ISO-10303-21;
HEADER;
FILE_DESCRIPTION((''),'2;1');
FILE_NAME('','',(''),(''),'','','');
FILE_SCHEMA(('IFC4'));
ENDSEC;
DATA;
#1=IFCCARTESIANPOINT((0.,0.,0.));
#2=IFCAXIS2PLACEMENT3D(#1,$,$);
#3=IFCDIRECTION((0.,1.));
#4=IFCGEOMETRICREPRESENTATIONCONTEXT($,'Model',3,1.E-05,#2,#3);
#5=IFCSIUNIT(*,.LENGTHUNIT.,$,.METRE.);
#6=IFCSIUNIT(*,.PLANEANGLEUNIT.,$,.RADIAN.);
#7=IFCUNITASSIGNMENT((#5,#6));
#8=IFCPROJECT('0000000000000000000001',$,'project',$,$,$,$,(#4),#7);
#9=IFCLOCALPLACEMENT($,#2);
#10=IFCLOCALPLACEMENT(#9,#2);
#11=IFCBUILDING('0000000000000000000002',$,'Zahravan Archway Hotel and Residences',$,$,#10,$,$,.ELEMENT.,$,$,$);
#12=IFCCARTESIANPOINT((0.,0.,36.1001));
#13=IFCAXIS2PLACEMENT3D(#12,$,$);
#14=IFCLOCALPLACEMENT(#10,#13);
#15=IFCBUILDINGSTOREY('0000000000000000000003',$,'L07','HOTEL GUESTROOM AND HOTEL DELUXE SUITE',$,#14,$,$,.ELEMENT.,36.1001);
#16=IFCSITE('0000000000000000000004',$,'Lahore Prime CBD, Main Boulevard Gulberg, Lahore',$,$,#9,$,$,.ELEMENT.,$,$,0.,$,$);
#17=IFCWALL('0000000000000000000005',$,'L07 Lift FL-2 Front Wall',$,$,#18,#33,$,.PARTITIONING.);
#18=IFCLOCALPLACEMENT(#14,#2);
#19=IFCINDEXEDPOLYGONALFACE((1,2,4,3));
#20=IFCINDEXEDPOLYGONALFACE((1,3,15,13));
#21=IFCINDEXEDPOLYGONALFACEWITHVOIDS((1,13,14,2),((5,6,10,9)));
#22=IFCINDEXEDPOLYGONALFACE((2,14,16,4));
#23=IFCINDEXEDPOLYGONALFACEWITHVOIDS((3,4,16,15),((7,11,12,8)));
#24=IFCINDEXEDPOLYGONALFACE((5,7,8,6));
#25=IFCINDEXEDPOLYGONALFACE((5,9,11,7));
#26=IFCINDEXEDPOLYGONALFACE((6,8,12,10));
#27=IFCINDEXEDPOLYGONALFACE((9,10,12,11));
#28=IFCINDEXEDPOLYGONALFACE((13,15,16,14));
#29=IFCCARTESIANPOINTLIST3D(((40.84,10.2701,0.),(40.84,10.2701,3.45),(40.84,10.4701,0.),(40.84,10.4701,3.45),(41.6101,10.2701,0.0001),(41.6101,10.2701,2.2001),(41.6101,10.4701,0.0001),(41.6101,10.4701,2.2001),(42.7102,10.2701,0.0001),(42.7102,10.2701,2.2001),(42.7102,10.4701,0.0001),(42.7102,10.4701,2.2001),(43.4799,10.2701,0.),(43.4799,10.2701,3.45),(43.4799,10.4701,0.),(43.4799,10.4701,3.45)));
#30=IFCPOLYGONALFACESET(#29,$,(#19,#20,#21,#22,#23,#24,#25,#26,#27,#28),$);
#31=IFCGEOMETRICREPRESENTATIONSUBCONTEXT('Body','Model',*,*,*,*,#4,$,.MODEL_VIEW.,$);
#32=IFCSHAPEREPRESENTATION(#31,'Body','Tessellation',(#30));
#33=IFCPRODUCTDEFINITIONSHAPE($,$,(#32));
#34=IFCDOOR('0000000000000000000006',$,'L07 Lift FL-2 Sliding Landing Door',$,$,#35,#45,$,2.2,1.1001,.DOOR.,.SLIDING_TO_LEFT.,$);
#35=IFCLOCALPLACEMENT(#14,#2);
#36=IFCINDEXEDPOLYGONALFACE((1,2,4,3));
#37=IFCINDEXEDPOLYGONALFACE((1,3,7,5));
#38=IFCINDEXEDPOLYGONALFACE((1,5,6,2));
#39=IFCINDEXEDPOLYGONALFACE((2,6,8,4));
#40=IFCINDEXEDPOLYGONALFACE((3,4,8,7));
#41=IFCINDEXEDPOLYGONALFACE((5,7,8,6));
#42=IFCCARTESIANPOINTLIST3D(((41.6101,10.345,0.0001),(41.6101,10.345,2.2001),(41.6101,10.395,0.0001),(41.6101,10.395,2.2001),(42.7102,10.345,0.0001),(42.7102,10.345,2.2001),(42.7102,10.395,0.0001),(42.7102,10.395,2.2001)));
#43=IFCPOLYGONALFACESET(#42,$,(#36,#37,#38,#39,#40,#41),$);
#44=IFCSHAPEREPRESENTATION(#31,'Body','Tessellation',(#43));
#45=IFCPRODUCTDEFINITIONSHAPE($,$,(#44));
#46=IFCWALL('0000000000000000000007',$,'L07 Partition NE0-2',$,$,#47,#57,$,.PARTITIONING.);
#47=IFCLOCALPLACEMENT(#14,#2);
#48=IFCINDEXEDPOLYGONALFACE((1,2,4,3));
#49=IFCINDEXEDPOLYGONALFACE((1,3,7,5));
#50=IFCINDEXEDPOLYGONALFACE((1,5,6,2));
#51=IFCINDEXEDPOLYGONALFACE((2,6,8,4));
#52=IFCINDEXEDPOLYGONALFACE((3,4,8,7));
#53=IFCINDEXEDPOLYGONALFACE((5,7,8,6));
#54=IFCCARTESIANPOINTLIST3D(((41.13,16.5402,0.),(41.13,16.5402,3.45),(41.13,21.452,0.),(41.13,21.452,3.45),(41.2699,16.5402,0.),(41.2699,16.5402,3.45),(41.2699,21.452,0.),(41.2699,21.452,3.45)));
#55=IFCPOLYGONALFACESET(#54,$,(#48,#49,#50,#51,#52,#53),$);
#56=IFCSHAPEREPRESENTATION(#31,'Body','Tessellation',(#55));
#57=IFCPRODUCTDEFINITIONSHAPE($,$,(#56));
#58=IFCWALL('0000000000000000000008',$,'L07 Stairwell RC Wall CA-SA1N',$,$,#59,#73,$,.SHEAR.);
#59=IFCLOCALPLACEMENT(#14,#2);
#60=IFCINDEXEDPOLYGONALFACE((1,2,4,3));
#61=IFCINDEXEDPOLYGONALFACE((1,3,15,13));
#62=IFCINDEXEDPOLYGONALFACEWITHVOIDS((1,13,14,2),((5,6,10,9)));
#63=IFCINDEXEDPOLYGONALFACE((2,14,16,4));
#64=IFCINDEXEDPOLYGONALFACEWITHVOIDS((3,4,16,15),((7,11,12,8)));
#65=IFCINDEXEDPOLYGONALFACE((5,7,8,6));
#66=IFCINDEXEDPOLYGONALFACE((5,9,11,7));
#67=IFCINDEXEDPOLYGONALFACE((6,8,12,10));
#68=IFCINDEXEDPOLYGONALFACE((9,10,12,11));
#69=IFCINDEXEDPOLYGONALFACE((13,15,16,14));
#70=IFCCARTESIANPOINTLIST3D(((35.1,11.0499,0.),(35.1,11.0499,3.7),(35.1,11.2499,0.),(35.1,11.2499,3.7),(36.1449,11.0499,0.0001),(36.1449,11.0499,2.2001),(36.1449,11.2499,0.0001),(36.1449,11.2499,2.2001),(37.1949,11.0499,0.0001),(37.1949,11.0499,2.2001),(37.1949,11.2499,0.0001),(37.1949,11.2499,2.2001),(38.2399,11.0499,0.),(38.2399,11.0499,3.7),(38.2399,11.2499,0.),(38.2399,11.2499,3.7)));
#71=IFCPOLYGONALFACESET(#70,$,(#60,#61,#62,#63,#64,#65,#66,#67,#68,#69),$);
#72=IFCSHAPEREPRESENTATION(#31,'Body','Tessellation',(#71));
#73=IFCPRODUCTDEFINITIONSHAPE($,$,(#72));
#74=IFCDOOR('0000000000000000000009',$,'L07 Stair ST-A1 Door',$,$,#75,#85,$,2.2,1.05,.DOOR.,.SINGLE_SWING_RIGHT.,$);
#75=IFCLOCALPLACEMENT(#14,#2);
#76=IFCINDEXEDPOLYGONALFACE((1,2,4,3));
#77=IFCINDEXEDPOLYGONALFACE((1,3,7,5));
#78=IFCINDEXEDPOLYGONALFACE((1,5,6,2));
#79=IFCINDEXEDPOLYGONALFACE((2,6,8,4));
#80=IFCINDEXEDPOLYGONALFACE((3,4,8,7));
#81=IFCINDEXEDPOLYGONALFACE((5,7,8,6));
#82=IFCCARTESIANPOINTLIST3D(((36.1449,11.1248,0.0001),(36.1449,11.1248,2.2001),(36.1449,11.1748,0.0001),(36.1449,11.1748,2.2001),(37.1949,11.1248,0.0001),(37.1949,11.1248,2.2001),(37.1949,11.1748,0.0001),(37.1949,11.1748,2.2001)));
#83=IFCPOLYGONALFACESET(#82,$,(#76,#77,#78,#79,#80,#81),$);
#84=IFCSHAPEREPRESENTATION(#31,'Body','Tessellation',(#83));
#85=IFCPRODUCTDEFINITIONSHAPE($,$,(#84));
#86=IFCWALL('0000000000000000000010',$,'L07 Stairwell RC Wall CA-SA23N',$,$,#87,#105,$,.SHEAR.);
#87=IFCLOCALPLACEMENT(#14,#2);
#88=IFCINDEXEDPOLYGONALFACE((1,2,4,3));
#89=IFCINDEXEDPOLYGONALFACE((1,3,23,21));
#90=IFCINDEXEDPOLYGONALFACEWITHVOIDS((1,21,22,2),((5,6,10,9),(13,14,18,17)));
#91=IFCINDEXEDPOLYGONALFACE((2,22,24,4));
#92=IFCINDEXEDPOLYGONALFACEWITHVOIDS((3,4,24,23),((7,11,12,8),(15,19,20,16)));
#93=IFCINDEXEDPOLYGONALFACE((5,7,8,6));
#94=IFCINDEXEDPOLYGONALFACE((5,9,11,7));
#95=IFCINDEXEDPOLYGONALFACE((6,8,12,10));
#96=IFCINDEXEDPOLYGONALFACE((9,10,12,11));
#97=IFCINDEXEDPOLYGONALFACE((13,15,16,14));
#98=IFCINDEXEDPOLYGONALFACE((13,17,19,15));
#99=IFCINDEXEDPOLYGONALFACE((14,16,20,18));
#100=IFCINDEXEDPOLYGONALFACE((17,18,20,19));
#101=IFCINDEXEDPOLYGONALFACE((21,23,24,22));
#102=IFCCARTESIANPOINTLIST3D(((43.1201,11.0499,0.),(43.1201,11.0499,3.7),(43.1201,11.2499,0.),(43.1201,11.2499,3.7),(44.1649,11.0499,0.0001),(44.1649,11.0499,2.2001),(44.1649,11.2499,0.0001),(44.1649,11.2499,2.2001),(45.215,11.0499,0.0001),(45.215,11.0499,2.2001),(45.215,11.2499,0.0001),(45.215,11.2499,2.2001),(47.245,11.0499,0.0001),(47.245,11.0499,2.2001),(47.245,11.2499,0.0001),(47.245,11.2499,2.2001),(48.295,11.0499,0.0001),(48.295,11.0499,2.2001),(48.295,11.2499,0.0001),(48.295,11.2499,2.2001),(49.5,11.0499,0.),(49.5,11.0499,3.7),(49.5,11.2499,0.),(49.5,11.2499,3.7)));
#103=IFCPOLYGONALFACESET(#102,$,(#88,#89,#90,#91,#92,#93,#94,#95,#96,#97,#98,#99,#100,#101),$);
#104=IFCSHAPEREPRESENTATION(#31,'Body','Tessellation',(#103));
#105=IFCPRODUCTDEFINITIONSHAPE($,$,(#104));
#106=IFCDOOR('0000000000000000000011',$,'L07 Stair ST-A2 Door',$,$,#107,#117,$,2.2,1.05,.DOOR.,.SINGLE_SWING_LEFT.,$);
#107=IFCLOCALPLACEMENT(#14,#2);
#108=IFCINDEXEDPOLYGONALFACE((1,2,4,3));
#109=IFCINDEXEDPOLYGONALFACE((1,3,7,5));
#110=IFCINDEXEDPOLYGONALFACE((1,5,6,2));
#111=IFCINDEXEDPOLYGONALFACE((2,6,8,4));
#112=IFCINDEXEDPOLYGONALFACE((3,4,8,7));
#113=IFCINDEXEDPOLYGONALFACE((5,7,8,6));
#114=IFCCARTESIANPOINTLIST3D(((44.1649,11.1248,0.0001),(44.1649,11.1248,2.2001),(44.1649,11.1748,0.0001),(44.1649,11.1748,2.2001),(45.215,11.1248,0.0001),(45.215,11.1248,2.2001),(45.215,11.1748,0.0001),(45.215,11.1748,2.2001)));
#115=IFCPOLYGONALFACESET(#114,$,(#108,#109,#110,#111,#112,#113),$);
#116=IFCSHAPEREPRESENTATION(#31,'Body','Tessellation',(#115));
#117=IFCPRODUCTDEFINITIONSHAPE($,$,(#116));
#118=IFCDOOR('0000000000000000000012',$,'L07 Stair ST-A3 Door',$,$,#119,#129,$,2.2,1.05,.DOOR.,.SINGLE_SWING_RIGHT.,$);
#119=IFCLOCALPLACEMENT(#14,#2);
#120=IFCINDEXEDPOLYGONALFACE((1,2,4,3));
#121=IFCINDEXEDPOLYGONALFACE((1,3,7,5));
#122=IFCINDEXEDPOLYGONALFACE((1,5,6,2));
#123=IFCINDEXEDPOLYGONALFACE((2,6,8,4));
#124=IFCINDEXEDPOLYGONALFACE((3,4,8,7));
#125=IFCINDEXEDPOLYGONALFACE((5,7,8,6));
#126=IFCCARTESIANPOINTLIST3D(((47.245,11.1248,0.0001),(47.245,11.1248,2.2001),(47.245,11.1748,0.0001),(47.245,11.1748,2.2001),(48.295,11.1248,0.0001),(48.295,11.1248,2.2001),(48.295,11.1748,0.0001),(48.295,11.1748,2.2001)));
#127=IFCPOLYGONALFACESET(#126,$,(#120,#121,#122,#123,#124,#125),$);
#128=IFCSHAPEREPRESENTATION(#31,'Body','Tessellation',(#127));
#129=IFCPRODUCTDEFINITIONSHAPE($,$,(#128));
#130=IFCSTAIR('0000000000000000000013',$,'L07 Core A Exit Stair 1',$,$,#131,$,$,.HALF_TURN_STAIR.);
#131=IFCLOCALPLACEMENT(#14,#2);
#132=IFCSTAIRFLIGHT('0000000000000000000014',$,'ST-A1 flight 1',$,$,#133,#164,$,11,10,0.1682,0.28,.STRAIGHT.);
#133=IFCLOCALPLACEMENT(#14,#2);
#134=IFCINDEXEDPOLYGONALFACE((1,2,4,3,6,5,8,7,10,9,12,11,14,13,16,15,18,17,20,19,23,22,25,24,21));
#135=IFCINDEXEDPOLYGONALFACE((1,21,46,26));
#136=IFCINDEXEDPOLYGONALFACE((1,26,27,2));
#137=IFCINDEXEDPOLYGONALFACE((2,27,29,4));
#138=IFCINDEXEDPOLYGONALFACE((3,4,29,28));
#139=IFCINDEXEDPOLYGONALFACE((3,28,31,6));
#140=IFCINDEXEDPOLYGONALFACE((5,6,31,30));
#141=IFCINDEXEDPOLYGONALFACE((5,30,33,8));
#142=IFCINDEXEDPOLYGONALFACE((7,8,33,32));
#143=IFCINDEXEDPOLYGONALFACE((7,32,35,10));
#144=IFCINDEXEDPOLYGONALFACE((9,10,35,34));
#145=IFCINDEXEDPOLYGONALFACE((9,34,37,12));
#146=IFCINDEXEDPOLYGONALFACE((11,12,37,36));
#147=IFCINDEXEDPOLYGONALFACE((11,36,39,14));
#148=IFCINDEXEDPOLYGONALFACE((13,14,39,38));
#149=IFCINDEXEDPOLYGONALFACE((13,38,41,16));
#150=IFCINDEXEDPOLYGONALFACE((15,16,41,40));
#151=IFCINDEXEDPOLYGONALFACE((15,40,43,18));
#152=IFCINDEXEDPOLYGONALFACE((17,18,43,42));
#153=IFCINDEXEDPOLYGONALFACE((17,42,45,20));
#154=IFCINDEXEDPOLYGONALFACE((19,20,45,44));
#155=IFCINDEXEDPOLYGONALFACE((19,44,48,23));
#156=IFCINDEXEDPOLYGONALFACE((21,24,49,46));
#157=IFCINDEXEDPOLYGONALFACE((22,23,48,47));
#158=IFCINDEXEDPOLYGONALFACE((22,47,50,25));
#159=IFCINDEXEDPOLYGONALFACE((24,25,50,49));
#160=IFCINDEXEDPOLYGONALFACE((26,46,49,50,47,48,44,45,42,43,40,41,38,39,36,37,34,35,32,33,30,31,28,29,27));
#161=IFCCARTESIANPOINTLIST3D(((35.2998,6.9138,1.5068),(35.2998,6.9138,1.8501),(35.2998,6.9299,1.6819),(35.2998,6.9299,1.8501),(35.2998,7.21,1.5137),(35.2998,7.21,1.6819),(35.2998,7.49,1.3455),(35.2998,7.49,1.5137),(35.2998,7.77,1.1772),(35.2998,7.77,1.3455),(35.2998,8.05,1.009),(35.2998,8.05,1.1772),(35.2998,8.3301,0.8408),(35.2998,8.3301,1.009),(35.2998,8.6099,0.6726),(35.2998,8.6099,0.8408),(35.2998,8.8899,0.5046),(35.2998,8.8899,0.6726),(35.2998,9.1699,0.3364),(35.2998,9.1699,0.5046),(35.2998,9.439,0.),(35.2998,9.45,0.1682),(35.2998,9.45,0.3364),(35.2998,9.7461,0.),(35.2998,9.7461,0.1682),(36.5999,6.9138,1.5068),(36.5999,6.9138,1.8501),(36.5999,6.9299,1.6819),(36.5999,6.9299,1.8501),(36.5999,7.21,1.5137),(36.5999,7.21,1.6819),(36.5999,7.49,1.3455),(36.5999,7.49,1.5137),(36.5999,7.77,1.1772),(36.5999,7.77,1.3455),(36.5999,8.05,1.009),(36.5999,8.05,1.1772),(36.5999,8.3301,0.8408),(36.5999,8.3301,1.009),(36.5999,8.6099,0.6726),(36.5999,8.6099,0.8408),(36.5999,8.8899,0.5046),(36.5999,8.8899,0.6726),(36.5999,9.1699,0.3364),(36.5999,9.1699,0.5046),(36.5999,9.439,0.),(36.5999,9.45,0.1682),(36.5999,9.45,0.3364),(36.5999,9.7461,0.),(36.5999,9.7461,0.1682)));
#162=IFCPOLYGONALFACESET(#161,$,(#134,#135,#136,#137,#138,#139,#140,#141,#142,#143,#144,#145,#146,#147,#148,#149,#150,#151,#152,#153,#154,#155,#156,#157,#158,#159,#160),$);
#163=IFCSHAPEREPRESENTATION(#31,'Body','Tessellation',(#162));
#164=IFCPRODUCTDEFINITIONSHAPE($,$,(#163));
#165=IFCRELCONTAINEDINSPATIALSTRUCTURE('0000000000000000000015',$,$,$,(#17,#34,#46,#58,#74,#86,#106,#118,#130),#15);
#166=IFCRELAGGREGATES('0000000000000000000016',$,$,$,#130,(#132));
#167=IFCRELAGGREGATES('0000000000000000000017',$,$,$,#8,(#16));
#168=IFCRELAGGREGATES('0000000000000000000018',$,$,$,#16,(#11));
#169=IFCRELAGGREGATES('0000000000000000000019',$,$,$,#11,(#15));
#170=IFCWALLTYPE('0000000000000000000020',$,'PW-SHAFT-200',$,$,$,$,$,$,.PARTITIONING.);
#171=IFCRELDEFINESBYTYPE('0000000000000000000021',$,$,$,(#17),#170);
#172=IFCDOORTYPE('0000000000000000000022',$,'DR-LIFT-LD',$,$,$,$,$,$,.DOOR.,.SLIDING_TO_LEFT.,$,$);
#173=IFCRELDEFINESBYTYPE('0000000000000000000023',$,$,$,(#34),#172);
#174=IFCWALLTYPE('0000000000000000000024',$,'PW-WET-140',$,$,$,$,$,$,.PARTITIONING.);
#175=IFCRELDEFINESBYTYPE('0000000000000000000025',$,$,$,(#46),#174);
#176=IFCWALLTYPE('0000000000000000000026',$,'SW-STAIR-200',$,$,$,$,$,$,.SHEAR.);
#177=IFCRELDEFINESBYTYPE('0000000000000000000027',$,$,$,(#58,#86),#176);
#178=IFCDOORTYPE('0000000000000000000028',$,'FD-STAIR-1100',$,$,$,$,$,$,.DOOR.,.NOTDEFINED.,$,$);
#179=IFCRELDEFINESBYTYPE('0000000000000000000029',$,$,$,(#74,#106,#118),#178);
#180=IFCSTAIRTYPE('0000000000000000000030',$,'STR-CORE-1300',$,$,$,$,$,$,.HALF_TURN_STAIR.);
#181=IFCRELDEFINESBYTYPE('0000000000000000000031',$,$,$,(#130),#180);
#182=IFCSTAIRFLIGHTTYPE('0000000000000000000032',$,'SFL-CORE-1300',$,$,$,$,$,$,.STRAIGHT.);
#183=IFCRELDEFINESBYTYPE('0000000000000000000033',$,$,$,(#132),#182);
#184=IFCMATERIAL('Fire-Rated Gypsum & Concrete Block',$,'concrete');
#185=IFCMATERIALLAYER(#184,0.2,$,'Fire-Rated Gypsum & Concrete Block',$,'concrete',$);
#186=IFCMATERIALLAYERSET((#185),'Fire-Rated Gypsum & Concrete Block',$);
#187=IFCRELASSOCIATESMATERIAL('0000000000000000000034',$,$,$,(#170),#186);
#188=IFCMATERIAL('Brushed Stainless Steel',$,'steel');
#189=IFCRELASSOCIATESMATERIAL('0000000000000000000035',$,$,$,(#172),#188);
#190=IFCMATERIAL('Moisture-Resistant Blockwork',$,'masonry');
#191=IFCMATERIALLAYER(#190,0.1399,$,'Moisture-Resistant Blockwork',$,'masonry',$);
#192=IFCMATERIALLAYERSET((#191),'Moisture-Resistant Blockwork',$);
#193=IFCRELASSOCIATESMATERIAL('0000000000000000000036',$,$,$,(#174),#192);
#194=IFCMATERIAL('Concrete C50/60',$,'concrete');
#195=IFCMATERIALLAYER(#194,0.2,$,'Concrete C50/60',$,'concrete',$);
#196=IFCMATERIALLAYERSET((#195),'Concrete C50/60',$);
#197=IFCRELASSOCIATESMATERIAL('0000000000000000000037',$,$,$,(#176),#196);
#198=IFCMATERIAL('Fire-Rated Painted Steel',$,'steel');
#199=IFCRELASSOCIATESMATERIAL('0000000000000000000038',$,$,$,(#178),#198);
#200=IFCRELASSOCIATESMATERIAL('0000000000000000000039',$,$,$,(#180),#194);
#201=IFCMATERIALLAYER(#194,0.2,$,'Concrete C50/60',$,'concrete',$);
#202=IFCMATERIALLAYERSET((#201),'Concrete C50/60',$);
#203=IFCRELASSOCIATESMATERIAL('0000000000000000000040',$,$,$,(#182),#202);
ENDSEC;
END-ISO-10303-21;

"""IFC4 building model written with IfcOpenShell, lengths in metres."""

from ifc_helpers import new_model, si_unit, direction, frame, frame_2d, origin, place, context, subcontext, project, spatial, polyline, rectangle, outline, extrude, source, transform, mapped, material, layer, layer_set, type_object, type_shapes, element, fill, aggregate, save


model = new_model("IFC4")

# Units and contexts
model_context = context("Model", 3, precision=1e-05, world=origin(), true_north=direction((0.0, 1.0)))
body_context = subcontext(model_context, "Body", "Model", "MODEL_VIEW")
ifc_project = project(units=[si_unit("LENGTHUNIT", "METRE"), si_unit("PLANEANGLEUNIT", "RADIAN")], contexts=[model_context])

# Site, building, storey
site_placement = place(None, origin())
site = spatial("IfcSite", under=ifc_project, at=site_placement, Name="Lahore Prime CBD, Main Boulevard Gulberg, Lahore", CompositionType="ELEMENT", RefElevation=0.0)
building_placement = place(site_placement, origin())
building = spatial("IfcBuilding", under=site, at=building_placement, Name="Zahravan Archway Hotel and Residences", CompositionType="ELEMENT")
storey_placement = place(building_placement, frame((0.0, 0.0, 36.1001)))
storey = spatial("IfcBuildingStorey", under=building, at=storey_placement, Name="L07", Description="HOTEL GUESTROOM AND HOTEL DELUXE SUITE", CompositionType="ELEMENT", Elevation=36.1001)

# Shared definitions
ifc_material_1 = material(Name="Fire-Rated Gypsum & Concrete Block", Category="concrete")
ifc_material_2 = material(Name="Fire-Rated Painted Steel", Category="steel")

# Shared definitions
ifc_layer_1 = layer(ifc_material_1, 0.2, Name="Fire-Rated Gypsum & Concrete Block", Category="concrete")
ifc_layer_set_1 = layer_set([ifc_layer_1], Name="Fire-Rated Gypsum & Concrete Block")
wall_type_1 = type_object("IfcWallType", Name="PW-SHAFT-200", PredefinedType="PARTITIONING", material=ifc_layer_set_1)

# Wall, opening, door
ifc_material_3 = material(Name="Brushed Stainless Steel", Category="steel")
door_type_1 = type_object("IfcDoorType", Name="DR-LIFT-LD", OperationType="SLIDING_TO_LEFT", PredefinedType="DOOR", material=ifc_material_3)
shared_shape_1 = source(origin(), body_context, "Body", "SweptSolid", [
    extrude(rectangle(XDim=1.1001, YDim=2.2, at=frame_2d((0.55, 1.1001))), frame((0.0, 0.0249, 0.0), z_axis=(0.0, -1.0, 0.0), x_axis=(1.0, 0.0, 0.0)), (0.0, 0.0, 1.0), 0.05),
])
type_shapes(door_type_1, [shared_shape_1])
wall_1_placement = place(storey_placement, frame((40.8401, 10.3701, 0.0), z_axis=(0.0, 0.0, 1.0), x_axis=(1.0, 0.0, 0.0)))
wall_1 = element("IfcWall", 1, at=wall_1_placement, inside=storey, type_object=wall_type_1, Name="L07 Lift FL-2 Front Wall", PredefinedType="PARTITIONING", context=body_context, shape_type="SweptSolid", body=[
    extrude(rectangle(XDim=2.6399, YDim=0.2, at=frame_2d((1.3198, 0.0))), origin(), (0.0, 0.0, 1.0), 3.45),
])
opening_1_placement = place(wall_1_placement, frame((0.77, 0.0, 0.0)))
opening_1 = element("IfcOpeningElement", 2, at=opening_1_placement, cuts=wall_1, PredefinedType="OPENING", context=body_context, shape_type="SweptSolid", body=[
    extrude(rectangle(XDim=1.1001, YDim=2.2, at=frame_2d((0.55, 1.1001))), frame((0.0, 0.1099, 0.0), z_axis=(0.0, -1.0, 0.0), x_axis=(1.0, 0.0, 0.0)), (0.0, 0.0, 1.0), 0.22),
])
door_1_placement = place(opening_1_placement, origin())
door_1 = element("IfcDoor", 3, at=door_1_placement, inside=storey, type_object=door_type_1, Name="L07 Lift FL-2 Sliding Landing Door", OperationType="SLIDING_TO_LEFT", OverallHeight=2.2, OverallWidth=1.1001, PredefinedType="DOOR", context=body_context, shape_type="MappedRepresentation", body=[
    mapped(shared_shape_1, transform((0.0, 0.0, 0.0), scale=1.0)),
])
fill(opening_1, door_1)

# Wall
ifc_material_4 = material(Name="Moisture-Resistant Blockwork", Category="masonry")
ifc_layer_2 = layer(ifc_material_4, 0.1399, Name="Moisture-Resistant Blockwork", Category="masonry")
ifc_layer_set_2 = layer_set([ifc_layer_2], Name="Moisture-Resistant Blockwork")
wall_type_2 = type_object("IfcWallType", Name="PW-WET-140", PredefinedType="PARTITIONING", material=ifc_layer_set_2)
wall_2_placement = place(storey_placement, frame((41.2, 16.54, 0.0), z_axis=(0.0, 0.0, 1.0), x_axis=(0.0, 1.0, 0.0)))
element("IfcWall", 4, at=wall_2_placement, inside=storey, type_object=wall_type_2, Name="L07 Partition NE0-2", PredefinedType="PARTITIONING", context=body_context, shape_type="SweptSolid", body=[
    extrude(rectangle(XDim=4.9119, YDim=0.1399, at=frame_2d((2.4561, 0.0))), origin(), (0.0, 0.0, 1.0), 3.45),
])

# Wall, opening, door
ifc_material_5 = material(Name="Concrete C50/60", Category="concrete")
ifc_layer_3 = layer(ifc_material_5, 0.2, Name="Concrete C50/60", Category="concrete")
ifc_layer_set_3 = layer_set([ifc_layer_3], Name="Concrete C50/60")
wall_type_3 = type_object("IfcWallType", Name="SW-STAIR-200", PredefinedType="SHEAR", material=ifc_layer_set_3)
wall_3_placement = place(storey_placement, frame((35.1001, 11.1499, 0.0), z_axis=(0.0, 0.0, 1.0), x_axis=(1.0, 0.0, 0.0)))
wall_3 = element("IfcWall", 5, at=wall_3_placement, inside=storey, type_object=wall_type_3, Name="L07 Stairwell RC Wall CA-SA1N", PredefinedType="SHEAR", context=body_context, shape_type="SweptSolid", body=[
    extrude(rectangle(XDim=3.1399, YDim=0.2, at=frame_2d((1.5698, 0.0))), origin(), (0.0, 0.0, 1.0), 3.7),
])
opening_2_placement = place(wall_3_placement, frame((1.0449, 0.0, 0.0)))
opening_2 = element("IfcOpeningElement", 6, at=opening_2_placement, cuts=wall_3, PredefinedType="OPENING", context=body_context, shape_type="SweptSolid", body=[
    extrude(rectangle(XDim=1.05, YDim=2.2, at=frame_2d((0.5249, 1.1001))), frame((0.0, 0.1099, 0.0), z_axis=(0.0, -1.0, 0.0), x_axis=(1.0, 0.0, 0.0)), (0.0, 0.0, 1.0), 0.22),
])
door_type_2 = type_object("IfcDoorType", Name="FD-STAIR-1100", OperationType="NOTDEFINED", PredefinedType="DOOR", material=ifc_material_2)
shared_shape_2 = source(origin(), body_context, "Body", "SweptSolid", [
    extrude(rectangle(XDim=1.05, YDim=2.2, at=frame_2d((0.5249, 1.1001))), frame((0.0, 0.0249, 0.0), z_axis=(0.0, -1.0, 0.0), x_axis=(1.0, 0.0, 0.0)), (0.0, 0.0, 1.0), 0.05),
])
type_shapes(door_type_2, [shared_shape_2])
door_2_placement = place(opening_2_placement, origin())
door_2 = element("IfcDoor", 7, at=door_2_placement, inside=storey, type_object=door_type_2, Name="L07 Stair ST-A1 Door", OperationType="SINGLE_SWING_RIGHT", OverallHeight=2.2, OverallWidth=1.05, PredefinedType="DOOR", context=body_context, shape_type="MappedRepresentation", body=[
    mapped(shared_shape_2, transform((0.0, 0.0, 0.0), scale=1.0)),
])
fill(opening_2, door_2)

# Wall, openings, doors
wall_4_placement = place(storey_placement, frame((43.1201, 11.1499, 0.0), z_axis=(0.0, 0.0, 1.0), x_axis=(1.0, 0.0, 0.0)))
wall_4 = element("IfcWall", 8, at=wall_4_placement, inside=storey, type_object=wall_type_3, Name="L07 Stairwell RC Wall CA-SA23N", PredefinedType="SHEAR", context=body_context, shape_type="SweptSolid", body=[
    extrude(rectangle(XDim=6.3799, YDim=0.2, at=frame_2d((3.1899, 0.0))), origin(), (0.0, 0.0, 1.0), 3.7),
])
opening_3_placement = place(wall_4_placement, frame((1.0449, 0.0, 0.0)))
opening_3 = element("IfcOpeningElement", 9, at=opening_3_placement, cuts=wall_4, PredefinedType="OPENING", context=body_context, shape_type="SweptSolid", body=[
    extrude(rectangle(XDim=1.05, YDim=2.2, at=frame_2d((0.5249, 1.1001))), frame((0.0, 0.1099, 0.0), z_axis=(0.0, -1.0, 0.0), x_axis=(1.0, 0.0, 0.0)), (0.0, 0.0, 1.0), 0.22),
])
opening_4_placement = place(wall_4_placement, frame((4.125, 0.0, 0.0)))
opening_4 = element("IfcOpeningElement", 10, at=opening_4_placement, cuts=wall_4, PredefinedType="OPENING", context=body_context, shape_type="SweptSolid", body=[
    extrude(rectangle(XDim=1.05, YDim=2.2, at=frame_2d((0.5249, 1.1001))), frame((0.0, 0.1099, 0.0), z_axis=(0.0, -1.0, 0.0), x_axis=(1.0, 0.0, 0.0)), (0.0, 0.0, 1.0), 0.22),
])
door_3_placement = place(opening_3_placement, origin())
door_3 = element("IfcDoor", 11, at=door_3_placement, inside=storey, type_object=door_type_2, Name="L07 Stair ST-A2 Door", OperationType="SINGLE_SWING_LEFT", OverallHeight=2.2, OverallWidth=1.05, PredefinedType="DOOR", context=body_context, shape_type="MappedRepresentation", body=[
    mapped(shared_shape_2, transform((0.0, 0.0, 0.0), scale=1.0)),
])
fill(opening_3, door_3)
door_4_placement = place(opening_4_placement, origin())
door_4 = element("IfcDoor", 12, at=door_4_placement, inside=storey, type_object=door_type_2, Name="L07 Stair ST-A3 Door", OperationType="SINGLE_SWING_RIGHT", OverallHeight=2.2, OverallWidth=1.05, PredefinedType="DOOR", context=body_context, shape_type="MappedRepresentation", body=[
    mapped(shared_shape_2, transform((0.0, 0.0, 0.0), scale=1.0)),
])
fill(opening_4, door_4)

# Stair, stair flight
stair_type = type_object("IfcStairType", Name="STR-CORE-1300", PredefinedType="HALF_TURN_STAIR", material=ifc_material_5)
stair_1_placement = place(storey_placement, origin())
stair_1 = element("IfcStair", 13, at=stair_1_placement, inside=storey, type_object=stair_type, Name="L07 Core A Exit Stair 1", PredefinedType="HALF_TURN_STAIR")
ifc_layer_4 = layer(ifc_material_5, 0.2, Name="Concrete C50/60", Category="concrete")
ifc_layer_set_4 = layer_set([ifc_layer_4], Name="Concrete C50/60")
stair_flight_type = type_object("IfcStairFlightType", Name="SFL-CORE-1300", PredefinedType="STRAIGHT", material=ifc_layer_set_4)
shared_shape_3 = source(origin(), body_context, "Body", "SweptSolid", [
    extrude(outline(polyline([(-0.0161, 0.0), (-0.0161, 0.1682), (0.28, 0.1682), (0.28, 0.3364), (0.5601, 0.3364), (0.5601, 0.5046), (0.8401, 0.5046), (0.8401, 0.6726), (1.1201, 0.6726), (1.1201, 0.8408), (1.3999, 0.8408), (1.3999, 1.009), (1.6799, 1.009), (1.6799, 1.1772), (1.96, 1.1772), (1.96, 1.3455), (2.24, 1.3455), (2.24, 1.5137), (2.52, 1.5137), (2.52, 1.6819), (2.8, 1.6819), (2.8, 1.8501), (2.8162, 1.8501), (2.8162, 1.5068), (0.291, 0.0), (-0.0161, 0.0)])), frame((0.0, 0.6499, 0.0), z_axis=(0.0, -1.0, 0.0), x_axis=(1.0, 0.0, 0.0)), (0.0, 0.0, 1.0), 1.3),
])
stair_flight_1_placement = place(storey_placement, frame((35.95, 9.73, 0.0), z_axis=(0.0, 0.0, 1.0), x_axis=(0.0, -1.0, 0.0)))
stair_flight_1 = element("IfcStairFlight", 14, at=stair_flight_1_placement, type_object=stair_flight_type, Name="ST-A1 flight 1", NumberOfRisers=11, NumberOfTreads=10, PredefinedType="STRAIGHT", RiserHeight=0.1682, TreadLength=0.28, context=body_context, shape_type="MappedRepresentation", body=[
    mapped(shared_shape_3, transform((0.0, 0.0, 0.0), scale=1.0)),
])
aggregate(stair_1, [stair_flight_1])

save(model, "model.ifc")
